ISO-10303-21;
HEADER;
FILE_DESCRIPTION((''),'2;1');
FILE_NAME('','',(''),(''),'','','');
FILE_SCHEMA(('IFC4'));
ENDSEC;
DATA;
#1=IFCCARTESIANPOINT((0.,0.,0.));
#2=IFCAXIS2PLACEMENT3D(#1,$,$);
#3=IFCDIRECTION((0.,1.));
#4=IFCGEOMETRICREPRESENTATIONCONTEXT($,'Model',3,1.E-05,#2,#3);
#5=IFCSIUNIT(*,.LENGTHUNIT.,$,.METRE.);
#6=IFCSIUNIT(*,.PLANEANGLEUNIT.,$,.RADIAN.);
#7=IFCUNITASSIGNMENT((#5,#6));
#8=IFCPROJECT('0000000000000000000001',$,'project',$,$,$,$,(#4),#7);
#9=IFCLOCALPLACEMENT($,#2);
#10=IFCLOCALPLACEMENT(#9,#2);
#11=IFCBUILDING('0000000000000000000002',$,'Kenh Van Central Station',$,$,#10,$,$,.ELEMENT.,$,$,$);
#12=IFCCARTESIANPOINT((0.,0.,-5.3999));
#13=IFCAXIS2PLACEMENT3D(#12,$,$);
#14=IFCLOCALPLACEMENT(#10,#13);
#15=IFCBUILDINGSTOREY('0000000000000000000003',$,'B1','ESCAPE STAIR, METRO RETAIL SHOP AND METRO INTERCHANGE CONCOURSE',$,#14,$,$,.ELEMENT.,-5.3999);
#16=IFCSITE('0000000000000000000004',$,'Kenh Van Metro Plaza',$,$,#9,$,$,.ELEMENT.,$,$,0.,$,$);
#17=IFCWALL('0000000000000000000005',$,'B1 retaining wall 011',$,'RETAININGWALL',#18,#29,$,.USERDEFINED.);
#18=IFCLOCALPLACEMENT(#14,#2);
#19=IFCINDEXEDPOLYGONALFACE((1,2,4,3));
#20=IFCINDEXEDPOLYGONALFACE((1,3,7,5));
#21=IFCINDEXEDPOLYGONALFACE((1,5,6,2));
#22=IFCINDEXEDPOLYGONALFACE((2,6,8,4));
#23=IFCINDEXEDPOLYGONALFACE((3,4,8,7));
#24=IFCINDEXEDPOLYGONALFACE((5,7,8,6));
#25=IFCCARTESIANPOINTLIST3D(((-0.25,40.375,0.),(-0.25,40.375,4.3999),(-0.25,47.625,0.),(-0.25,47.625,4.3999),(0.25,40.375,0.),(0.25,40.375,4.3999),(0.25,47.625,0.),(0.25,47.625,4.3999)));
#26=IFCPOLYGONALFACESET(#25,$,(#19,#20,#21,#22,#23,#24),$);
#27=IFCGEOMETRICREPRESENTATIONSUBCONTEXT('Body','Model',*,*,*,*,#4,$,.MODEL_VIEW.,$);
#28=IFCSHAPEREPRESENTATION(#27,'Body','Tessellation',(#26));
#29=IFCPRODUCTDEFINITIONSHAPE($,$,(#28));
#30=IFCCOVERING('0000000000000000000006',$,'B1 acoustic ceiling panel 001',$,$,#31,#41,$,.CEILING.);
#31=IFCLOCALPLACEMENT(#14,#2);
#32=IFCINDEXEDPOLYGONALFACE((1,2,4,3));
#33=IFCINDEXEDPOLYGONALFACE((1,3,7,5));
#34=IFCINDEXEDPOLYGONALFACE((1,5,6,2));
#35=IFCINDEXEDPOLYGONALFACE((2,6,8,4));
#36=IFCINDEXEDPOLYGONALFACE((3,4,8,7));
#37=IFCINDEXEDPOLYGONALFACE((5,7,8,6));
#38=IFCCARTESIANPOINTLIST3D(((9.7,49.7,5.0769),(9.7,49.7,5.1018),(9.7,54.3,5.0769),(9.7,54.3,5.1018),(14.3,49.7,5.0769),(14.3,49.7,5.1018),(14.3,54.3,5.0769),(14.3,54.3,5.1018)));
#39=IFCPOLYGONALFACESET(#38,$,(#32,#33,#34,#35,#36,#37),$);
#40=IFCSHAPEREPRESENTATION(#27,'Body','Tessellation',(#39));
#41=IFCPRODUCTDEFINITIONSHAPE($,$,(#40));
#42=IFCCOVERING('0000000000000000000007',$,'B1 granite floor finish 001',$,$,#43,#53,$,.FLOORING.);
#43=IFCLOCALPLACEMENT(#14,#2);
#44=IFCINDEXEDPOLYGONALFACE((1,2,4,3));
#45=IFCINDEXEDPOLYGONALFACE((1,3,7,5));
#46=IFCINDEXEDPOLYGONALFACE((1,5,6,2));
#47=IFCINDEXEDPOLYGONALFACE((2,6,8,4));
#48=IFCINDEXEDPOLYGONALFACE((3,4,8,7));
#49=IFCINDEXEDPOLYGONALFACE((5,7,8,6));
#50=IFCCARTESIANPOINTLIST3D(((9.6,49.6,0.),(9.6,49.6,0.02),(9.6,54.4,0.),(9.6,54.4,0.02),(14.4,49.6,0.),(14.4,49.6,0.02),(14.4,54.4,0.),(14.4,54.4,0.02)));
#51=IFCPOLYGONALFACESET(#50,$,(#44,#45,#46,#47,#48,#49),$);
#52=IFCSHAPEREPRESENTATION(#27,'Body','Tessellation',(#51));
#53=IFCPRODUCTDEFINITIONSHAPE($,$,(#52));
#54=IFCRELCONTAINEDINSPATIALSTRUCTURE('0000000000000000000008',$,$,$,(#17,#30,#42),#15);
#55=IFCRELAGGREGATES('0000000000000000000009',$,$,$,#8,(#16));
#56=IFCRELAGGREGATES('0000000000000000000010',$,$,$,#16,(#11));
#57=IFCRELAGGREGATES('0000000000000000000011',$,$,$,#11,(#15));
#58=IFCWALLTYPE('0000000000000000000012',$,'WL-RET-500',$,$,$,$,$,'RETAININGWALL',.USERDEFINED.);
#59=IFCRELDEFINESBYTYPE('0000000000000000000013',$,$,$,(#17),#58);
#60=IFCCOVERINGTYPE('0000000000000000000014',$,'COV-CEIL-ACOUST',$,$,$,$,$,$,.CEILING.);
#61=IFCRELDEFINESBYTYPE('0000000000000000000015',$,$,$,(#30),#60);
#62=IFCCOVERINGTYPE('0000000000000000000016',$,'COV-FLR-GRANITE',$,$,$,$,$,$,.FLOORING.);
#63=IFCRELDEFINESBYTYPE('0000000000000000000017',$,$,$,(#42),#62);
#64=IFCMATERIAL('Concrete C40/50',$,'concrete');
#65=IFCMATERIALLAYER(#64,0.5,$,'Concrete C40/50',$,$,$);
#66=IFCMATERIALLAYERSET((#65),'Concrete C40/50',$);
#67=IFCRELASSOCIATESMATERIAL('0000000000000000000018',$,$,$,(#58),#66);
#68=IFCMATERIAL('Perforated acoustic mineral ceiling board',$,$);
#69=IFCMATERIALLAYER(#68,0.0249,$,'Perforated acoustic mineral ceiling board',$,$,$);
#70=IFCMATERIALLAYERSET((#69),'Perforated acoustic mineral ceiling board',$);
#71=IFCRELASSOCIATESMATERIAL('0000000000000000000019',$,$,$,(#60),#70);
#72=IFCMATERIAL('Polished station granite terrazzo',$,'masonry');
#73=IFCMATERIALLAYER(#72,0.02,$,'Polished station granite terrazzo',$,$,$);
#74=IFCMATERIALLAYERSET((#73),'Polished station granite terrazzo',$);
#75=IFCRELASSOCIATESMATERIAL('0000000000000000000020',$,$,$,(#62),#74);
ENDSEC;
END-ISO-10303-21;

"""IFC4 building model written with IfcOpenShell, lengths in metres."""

from ifc_helpers import new_model, si_unit, direction, frame, frame_2d, origin, origin_2d, place, context, subcontext, project, spatial, rectangle, extrude, material, layer, layer_set, type_object, element, save


model = new_model("IFC4")

# Units and contexts
model_context = context("Model", 3, precision=1e-05, world=origin(), true_north=direction((0.0, 1.0)))
body_context = subcontext(model_context, "Body", "Model", "MODEL_VIEW")
ifc_project = project(units=[si_unit("LENGTHUNIT", "METRE"), si_unit("PLANEANGLEUNIT", "RADIAN")], contexts=[model_context])

# Site, building, storey
site_placement = place(None, origin())
site = spatial("IfcSite", under=ifc_project, at=site_placement, Name="Kenh Van Metro Plaza", CompositionType="ELEMENT", RefElevation=0.0)
building_placement = place(site_placement, origin())
building = spatial("IfcBuilding", under=site, at=building_placement, Name="Kenh Van Central Station", CompositionType="ELEMENT")
storey_placement = place(building_placement, frame((0.0, 0.0, -5.3999)))
storey = spatial("IfcBuildingStorey", under=building, at=storey_placement, Name="B1", Description="ESCAPE STAIR, METRO RETAIL SHOP AND METRO INTERCHANGE CONCOURSE", CompositionType="ELEMENT", Elevation=-5.3999)

# Shared definitions
ifc_material_1 = material(Name="Concrete C40/50", Category="concrete")

# Wall
ifc_layer_1 = layer(ifc_material_1, 0.5, Name="Concrete C40/50")
ifc_layer_set_1 = layer_set([ifc_layer_1], Name="Concrete C40/50")
wall_type_1 = type_object("IfcWallType", Name="WL-RET-500", ElementType="RETAININGWALL", PredefinedType="USERDEFINED", material=ifc_layer_set_1)
wall_1_placement = place(storey_placement, frame((0.0, 40.375, 0.0), z_axis=(0.0, 0.0, 1.0), x_axis=(0.0, 1.0, 0.0)))
element("IfcWall", 1, at=wall_1_placement, inside=storey, type_object=wall_type_1, Name="B1 retaining wall 011", ObjectType="RETAININGWALL", PredefinedType="USERDEFINED", context=body_context, shape_type="SweptSolid", body=[
    extrude(rectangle(XDim=7.25, YDim=0.5, at=frame_2d((3.625, 0.0))), origin(), (0.0, 0.0, 1.0), 4.3999),
])

# Coverings
ifc_material_2 = material(Name="Perforated acoustic mineral ceiling board")
ifc_layer_2 = layer(ifc_material_2, 0.0249, Name="Perforated acoustic mineral ceiling board")
ifc_layer_set_2 = layer_set([ifc_layer_2], Name="Perforated acoustic mineral ceiling board")
covering_type_1 = type_object("IfcCoveringType", Name="COV-CEIL-ACOUST", PredefinedType="CEILING", material=ifc_layer_set_2)
covering_1_placement = place(storey_placement, frame((12.0, 52.0, 5.0769), z_axis=(0.0, 0.0, 1.0), x_axis=(1.0, 0.0, 0.0)))
element("IfcCovering", 2, at=covering_1_placement, inside=storey, type_object=covering_type_1, Name="B1 acoustic ceiling panel 001", PredefinedType="CEILING", context=body_context, shape_type="SweptSolid", body=[
    extrude(rectangle(XDim=4.6001, YDim=4.6001, at=origin_2d()), origin(), (0.0, 0.0, 1.0), 0.0249),
])
ifc_material_3 = material(Name="Polished station granite terrazzo", Category="masonry")
ifc_layer_3 = layer(ifc_material_3, 0.02, Name="Polished station granite terrazzo")
ifc_layer_set_3 = layer_set([ifc_layer_3], Name="Polished station granite terrazzo")
covering_type_2 = type_object("IfcCoveringType", Name="COV-FLR-GRANITE", PredefinedType="FLOORING", material=ifc_layer_set_3)
covering_2_placement = place(storey_placement, frame((12.0, 52.0, 0.0), z_axis=(0.0, 0.0, 1.0), x_axis=(1.0, 0.0, 0.0)))
element("IfcCovering", 3, at=covering_2_placement, inside=storey, type_object=covering_type_2, Name="B1 granite floor finish 001", PredefinedType="FLOORING", context=body_context, shape_type="SweptSolid", body=[
    extrude(rectangle(XDim=4.8, YDim=4.8, at=origin_2d()), origin(), (0.0, 0.0, 1.0), 0.02),
])

save(model, "model.ifc")
